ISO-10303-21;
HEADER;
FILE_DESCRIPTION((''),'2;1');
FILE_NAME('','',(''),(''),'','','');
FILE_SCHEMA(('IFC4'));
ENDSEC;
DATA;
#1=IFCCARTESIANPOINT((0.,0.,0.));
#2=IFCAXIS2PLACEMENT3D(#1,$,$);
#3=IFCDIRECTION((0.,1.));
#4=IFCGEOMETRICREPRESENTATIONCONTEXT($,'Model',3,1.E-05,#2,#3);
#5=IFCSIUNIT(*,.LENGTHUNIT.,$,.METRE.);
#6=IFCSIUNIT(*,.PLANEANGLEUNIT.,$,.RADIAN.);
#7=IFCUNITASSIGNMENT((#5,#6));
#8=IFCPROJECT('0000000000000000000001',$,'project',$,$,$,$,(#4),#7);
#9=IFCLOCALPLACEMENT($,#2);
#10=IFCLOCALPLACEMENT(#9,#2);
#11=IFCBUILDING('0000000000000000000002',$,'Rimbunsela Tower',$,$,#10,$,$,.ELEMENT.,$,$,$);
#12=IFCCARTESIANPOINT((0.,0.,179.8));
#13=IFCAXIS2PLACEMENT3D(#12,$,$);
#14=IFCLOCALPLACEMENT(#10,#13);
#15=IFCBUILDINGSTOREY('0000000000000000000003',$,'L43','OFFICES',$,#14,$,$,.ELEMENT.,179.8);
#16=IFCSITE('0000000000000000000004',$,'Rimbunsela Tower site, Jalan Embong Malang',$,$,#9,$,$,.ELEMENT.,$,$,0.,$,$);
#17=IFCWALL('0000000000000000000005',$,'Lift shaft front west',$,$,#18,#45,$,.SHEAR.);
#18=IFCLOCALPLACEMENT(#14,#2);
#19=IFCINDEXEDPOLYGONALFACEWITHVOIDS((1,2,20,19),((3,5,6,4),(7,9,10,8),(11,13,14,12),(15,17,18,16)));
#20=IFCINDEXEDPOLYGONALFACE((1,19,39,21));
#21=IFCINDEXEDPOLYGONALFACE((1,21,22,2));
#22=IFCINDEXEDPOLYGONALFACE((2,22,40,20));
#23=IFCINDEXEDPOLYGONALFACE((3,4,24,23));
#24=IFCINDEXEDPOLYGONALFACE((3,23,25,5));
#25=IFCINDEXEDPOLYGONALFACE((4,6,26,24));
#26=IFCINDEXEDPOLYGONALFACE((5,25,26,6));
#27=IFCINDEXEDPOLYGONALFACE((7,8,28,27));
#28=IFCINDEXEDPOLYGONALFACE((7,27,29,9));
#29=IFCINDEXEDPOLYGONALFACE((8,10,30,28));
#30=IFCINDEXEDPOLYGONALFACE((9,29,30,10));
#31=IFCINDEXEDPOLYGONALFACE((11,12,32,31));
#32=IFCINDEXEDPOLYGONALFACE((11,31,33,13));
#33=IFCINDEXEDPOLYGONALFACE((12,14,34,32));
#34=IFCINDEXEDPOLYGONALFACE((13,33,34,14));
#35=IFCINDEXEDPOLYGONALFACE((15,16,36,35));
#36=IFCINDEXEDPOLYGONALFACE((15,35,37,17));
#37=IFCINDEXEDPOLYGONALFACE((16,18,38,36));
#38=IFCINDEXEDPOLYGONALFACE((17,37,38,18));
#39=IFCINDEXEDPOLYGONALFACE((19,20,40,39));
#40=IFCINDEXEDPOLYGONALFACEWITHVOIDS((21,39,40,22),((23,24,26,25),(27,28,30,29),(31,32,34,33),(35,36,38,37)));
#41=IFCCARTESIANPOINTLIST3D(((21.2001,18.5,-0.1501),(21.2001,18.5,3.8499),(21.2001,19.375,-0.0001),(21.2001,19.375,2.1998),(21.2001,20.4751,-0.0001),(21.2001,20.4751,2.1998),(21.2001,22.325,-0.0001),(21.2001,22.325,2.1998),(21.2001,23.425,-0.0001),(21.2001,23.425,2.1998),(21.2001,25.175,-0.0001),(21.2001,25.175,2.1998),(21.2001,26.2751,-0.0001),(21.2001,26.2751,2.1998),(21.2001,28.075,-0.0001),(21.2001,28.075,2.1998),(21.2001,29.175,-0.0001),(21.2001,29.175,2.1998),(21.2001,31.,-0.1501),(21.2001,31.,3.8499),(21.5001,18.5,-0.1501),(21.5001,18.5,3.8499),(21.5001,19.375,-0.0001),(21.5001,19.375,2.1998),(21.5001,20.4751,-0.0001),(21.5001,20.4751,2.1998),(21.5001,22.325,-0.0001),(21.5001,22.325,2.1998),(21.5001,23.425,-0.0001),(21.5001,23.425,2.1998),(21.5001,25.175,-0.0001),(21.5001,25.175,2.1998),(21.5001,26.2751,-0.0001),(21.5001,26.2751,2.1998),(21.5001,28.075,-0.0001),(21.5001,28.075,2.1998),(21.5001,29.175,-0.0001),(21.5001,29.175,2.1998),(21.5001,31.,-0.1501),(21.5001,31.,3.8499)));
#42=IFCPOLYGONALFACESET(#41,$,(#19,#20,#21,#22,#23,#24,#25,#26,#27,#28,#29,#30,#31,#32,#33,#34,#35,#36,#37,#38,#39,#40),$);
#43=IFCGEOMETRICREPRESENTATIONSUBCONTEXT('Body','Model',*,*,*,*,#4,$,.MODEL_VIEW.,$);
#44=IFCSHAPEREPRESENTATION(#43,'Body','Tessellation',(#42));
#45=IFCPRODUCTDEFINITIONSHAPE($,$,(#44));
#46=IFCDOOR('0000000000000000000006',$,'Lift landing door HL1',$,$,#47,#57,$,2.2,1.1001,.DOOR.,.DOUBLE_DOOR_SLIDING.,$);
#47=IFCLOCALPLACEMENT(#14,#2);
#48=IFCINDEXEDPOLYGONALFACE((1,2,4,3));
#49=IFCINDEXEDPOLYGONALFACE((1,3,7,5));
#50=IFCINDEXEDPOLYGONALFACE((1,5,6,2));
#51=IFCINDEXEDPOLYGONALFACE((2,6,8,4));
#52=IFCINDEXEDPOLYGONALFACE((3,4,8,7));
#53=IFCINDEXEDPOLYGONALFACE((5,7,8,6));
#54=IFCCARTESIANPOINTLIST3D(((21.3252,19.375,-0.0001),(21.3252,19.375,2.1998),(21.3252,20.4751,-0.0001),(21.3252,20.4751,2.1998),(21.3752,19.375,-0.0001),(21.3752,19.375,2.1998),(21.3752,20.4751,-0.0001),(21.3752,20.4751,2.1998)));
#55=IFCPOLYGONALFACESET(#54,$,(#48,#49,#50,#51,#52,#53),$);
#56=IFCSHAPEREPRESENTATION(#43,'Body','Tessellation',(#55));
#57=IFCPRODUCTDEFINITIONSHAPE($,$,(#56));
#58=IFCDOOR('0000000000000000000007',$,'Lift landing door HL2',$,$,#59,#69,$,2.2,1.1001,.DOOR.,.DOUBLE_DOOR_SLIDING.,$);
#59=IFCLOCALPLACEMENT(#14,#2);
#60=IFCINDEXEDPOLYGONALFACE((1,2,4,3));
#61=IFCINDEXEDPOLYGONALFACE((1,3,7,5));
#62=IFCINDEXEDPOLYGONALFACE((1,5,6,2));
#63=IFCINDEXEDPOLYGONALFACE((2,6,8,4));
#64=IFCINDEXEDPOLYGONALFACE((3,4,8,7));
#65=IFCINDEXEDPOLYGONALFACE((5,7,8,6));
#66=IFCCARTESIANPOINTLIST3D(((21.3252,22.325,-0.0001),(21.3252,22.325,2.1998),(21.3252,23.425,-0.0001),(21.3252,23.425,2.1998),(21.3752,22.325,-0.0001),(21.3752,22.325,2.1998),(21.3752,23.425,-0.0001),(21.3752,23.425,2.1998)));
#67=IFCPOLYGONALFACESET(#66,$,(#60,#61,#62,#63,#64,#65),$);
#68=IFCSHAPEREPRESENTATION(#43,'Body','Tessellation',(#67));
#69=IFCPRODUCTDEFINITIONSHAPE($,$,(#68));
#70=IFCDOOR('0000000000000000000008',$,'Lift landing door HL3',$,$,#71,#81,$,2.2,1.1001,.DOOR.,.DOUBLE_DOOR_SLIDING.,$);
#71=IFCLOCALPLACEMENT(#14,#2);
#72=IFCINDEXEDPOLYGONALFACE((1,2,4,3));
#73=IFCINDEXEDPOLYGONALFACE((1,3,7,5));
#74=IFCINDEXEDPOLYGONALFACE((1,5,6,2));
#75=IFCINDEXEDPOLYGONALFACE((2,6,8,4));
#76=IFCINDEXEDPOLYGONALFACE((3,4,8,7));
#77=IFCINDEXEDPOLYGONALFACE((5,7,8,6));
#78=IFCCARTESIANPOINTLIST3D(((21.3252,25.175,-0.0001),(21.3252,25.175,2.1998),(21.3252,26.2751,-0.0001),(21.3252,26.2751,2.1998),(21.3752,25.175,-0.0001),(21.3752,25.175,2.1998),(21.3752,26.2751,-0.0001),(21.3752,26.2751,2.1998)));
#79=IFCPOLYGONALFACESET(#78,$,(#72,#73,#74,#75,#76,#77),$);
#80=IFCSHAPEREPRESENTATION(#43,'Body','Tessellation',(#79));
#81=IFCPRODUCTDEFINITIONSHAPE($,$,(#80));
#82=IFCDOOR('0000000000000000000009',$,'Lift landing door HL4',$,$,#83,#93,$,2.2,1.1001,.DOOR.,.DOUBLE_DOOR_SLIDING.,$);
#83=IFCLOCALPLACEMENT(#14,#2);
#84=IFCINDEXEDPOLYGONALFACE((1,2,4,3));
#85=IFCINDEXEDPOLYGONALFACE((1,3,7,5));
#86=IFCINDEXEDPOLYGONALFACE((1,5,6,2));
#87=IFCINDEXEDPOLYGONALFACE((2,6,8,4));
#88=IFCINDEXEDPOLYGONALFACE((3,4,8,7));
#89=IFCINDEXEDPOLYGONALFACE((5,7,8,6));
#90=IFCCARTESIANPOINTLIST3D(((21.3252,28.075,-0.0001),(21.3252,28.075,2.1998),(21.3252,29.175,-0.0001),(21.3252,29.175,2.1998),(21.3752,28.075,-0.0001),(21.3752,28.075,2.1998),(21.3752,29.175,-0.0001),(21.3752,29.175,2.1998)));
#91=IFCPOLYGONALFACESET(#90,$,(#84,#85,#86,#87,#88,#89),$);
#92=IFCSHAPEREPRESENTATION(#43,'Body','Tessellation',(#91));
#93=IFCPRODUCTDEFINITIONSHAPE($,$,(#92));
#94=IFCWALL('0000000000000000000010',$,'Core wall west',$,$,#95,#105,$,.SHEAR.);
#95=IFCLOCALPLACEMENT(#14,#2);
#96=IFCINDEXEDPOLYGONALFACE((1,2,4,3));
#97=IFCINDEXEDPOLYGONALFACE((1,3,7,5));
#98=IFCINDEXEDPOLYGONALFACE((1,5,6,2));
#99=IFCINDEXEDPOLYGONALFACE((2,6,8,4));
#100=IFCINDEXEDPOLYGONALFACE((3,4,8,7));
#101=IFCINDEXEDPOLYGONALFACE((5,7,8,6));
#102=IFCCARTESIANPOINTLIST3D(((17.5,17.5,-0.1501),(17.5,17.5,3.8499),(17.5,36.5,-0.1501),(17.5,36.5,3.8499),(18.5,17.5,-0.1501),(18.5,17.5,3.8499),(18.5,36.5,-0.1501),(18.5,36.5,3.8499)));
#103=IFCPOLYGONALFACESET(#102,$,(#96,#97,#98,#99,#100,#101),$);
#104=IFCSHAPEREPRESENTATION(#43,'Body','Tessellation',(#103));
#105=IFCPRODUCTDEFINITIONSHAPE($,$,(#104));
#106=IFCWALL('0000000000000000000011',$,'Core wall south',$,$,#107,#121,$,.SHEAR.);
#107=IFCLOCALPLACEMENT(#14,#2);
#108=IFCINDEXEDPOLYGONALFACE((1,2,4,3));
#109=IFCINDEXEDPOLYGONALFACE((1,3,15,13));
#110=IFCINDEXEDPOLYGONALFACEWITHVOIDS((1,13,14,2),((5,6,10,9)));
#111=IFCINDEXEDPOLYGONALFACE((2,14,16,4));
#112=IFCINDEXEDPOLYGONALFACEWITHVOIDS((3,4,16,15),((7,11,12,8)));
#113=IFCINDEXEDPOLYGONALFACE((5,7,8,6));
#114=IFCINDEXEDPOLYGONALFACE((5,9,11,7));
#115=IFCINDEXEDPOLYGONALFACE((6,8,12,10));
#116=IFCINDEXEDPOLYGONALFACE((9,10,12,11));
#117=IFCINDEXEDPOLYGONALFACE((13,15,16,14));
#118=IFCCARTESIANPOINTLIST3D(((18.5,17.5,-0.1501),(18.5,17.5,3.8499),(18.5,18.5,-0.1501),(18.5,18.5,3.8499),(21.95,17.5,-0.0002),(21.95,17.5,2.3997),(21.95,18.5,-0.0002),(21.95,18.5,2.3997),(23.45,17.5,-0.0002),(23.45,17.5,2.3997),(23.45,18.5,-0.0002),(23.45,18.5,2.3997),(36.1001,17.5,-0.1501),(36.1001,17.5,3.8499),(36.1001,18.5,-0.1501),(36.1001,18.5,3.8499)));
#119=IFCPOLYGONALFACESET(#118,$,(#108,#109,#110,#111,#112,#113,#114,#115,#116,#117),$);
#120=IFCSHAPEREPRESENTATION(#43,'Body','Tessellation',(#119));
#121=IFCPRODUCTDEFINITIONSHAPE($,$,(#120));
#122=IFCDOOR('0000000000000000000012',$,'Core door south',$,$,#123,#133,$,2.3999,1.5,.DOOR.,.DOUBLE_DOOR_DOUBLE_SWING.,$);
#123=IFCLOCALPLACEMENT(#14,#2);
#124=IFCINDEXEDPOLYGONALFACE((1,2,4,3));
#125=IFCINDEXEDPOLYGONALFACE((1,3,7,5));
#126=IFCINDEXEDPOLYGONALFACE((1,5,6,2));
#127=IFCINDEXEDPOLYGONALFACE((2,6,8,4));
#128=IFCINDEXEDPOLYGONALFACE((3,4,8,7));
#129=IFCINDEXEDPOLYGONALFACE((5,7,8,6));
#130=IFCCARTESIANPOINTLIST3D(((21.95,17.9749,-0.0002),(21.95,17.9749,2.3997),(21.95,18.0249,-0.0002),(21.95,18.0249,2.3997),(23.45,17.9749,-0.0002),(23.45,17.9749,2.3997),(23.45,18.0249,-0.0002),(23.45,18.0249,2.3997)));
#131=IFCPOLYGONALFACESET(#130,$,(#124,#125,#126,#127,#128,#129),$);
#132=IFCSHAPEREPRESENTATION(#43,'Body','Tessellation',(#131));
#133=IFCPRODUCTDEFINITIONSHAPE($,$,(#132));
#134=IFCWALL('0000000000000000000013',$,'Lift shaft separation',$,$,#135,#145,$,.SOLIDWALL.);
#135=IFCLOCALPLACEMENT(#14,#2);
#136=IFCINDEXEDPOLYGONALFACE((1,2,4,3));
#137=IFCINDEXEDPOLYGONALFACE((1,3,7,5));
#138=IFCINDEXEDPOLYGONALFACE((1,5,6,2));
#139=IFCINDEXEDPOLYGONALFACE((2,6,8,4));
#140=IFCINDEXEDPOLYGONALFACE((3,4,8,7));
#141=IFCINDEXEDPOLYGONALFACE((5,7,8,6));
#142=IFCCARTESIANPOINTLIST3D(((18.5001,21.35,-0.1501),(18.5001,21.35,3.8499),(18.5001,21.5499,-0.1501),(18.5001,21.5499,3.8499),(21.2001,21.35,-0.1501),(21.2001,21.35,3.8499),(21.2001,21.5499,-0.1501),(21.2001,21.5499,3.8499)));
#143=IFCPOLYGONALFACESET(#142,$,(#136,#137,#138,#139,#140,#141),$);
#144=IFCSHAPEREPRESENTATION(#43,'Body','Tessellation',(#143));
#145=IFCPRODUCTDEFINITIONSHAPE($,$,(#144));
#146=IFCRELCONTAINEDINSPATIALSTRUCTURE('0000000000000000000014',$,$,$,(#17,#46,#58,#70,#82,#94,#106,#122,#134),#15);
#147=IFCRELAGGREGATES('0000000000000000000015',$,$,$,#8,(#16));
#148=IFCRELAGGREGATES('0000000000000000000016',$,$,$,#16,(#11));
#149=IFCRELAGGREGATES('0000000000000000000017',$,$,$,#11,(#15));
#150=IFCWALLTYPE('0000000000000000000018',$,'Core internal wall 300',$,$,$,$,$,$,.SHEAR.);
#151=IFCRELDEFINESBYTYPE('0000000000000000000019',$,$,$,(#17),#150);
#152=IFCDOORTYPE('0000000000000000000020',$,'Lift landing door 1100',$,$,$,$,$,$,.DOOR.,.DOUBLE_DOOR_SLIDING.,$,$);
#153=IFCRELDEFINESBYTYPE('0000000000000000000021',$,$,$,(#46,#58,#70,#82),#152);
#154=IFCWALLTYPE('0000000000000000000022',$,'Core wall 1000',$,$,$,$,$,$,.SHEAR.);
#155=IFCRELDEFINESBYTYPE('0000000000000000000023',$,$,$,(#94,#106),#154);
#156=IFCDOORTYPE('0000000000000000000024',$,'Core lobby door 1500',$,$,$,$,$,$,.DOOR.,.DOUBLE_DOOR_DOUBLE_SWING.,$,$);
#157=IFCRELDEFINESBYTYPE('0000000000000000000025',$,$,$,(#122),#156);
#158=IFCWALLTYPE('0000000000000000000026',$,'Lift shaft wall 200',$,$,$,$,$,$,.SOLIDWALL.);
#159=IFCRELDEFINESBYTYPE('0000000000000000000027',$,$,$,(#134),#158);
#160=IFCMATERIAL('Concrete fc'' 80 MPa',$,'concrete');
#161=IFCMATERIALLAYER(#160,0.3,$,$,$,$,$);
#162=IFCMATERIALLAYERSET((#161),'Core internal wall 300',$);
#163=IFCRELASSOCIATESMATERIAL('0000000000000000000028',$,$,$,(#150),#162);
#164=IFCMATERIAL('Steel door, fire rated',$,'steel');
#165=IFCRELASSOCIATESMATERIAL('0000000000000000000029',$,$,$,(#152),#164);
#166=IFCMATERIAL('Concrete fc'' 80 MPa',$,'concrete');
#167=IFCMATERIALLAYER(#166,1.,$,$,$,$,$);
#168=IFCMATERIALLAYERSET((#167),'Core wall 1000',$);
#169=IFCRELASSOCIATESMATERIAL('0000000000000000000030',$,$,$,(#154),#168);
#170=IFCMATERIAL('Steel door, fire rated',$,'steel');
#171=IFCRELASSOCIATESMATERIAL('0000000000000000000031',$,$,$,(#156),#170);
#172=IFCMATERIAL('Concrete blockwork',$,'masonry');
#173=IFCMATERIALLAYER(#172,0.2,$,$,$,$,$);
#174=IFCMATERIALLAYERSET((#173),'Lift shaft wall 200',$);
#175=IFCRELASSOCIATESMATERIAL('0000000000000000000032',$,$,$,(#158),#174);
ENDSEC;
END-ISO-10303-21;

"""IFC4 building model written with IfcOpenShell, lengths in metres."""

from ifc_helpers import new_model, si_unit, direction, frame, frame_2d, origin, place, context, subcontext, project, spatial, rectangle, extrude, material, layer, layer_set, type_object, element, fill, save


model = new_model("IFC4")

# Units and contexts
model_context = context("Model", 3, precision=1e-05, world=origin(), true_north=direction((0.0, 1.0)))
body_context = subcontext(model_context, "Body", "Model", "MODEL_VIEW")
ifc_project = project(units=[si_unit("LENGTHUNIT", "METRE"), si_unit("PLANEANGLEUNIT", "RADIAN")], contexts=[model_context])

# Site, building, storey
site_placement = place(None, origin())
site = spatial("IfcSite", under=ifc_project, at=site_placement, Name="Rimbunsela Tower site, Jalan Embong Malang", CompositionType="ELEMENT", RefElevation=0.0)
building_placement = place(site_placement, origin())
building = spatial("IfcBuilding", under=site, at=building_placement, Name="Rimbunsela Tower", CompositionType="ELEMENT")
storey_placement = place(building_placement, frame((0.0, 0.0, 179.8)))
storey = spatial("IfcBuildingStorey", under=building, at=storey_placement, Name="L43", Description="OFFICES", CompositionType="ELEMENT", Elevation=179.8)

# Wall, openings, doors
ifc_material_1 = material(Name="Concrete fc' 80 MPa", Category="concrete")
ifc_layer_1 = layer(ifc_material_1, 0.3)
ifc_layer_set_1 = layer_set([ifc_layer_1], Name="Core internal wall 300")
wall_type_1 = type_object("IfcWallType", Name="Core internal wall 300", PredefinedType="SHEAR", material=ifc_layer_set_1)
wall_1_placement = place(storey_placement, frame((21.3501, 18.5, -0.1501), z_axis=(0.0, 0.0, 1.0), x_axis=(0.0, 1.0, 0.0)))
wall_1 = element("IfcWall", 1, at=wall_1_placement, inside=storey, type_object=wall_type_1, Name="Lift shaft front west", PredefinedType="SHEAR", context=body_context, shape_type="SweptSolid", body=[
    extrude(rectangle(XDim=12.5, YDim=0.3, at=frame_2d((6.25, 0.0))), origin(), (0.0, 0.0, 1.0), 4.0),
])
opening_1_placement = place(wall_1_placement, frame((0.875, 0.0, 0.1499)))
opening_1 = element("IfcOpeningElement", 2, at=opening_1_placement, cuts=wall_1, PredefinedType="OPENING", context=body_context, shape_type="SweptSolid", body=[
    extrude(rectangle(XDim=1.1001, YDim=2.2, at=frame_2d((0.55, 1.1001))), frame((0.0, 0.1599, 0.0), z_axis=(0.0, -1.0, 0.0), x_axis=(1.0, 0.0, 0.0)), (0.0, 0.0, 1.0), 0.3201),
])
opening_2_placement = place(wall_1_placement, frame((3.825, 0.0, 0.1499)))
opening_2 = element("IfcOpeningElement", 3, at=opening_2_placement, cuts=wall_1, PredefinedType="OPENING", context=body_context, shape_type="SweptSolid", body=[
    extrude(rectangle(XDim=1.1001, YDim=2.2, at=frame_2d((0.55, 1.1001))), frame((0.0, 0.1599, 0.0), z_axis=(0.0, -1.0, 0.0), x_axis=(1.0, 0.0, 0.0)), (0.0, 0.0, 1.0), 0.3201),
])
opening_3_placement = place(wall_1_placement, frame((6.675, 0.0, 0.1499)))
opening_3 = element("IfcOpeningElement", 4, at=opening_3_placement, cuts=wall_1, PredefinedType="OPENING", context=body_context, shape_type="SweptSolid", body=[
    extrude(rectangle(XDim=1.1001, YDim=2.2, at=frame_2d((0.55, 1.1001))), frame((0.0, 0.1599, 0.0), z_axis=(0.0, -1.0, 0.0), x_axis=(1.0, 0.0, 0.0)), (0.0, 0.0, 1.0), 0.3201),
])
opening_4_placement = place(wall_1_placement, frame((9.575, 0.0, 0.1499)))
opening_4 = element("IfcOpeningElement", 5, at=opening_4_placement, cuts=wall_1, PredefinedType="OPENING", context=body_context, shape_type="SweptSolid", body=[
    extrude(rectangle(XDim=1.1001, YDim=2.2, at=frame_2d((0.55, 1.1001))), frame((0.0, 0.1599, 0.0), z_axis=(0.0, -1.0, 0.0), x_axis=(1.0, 0.0, 0.0)), (0.0, 0.0, 1.0), 0.3201),
])
ifc_material_2 = material(Name="Steel door, fire rated", Category="steel")
door_type_1 = type_object("IfcDoorType", Name="Lift landing door 1100", OperationType="DOUBLE_DOOR_SLIDING", PredefinedType="DOOR", material=ifc_material_2)
door_1_placement = place(opening_1_placement, origin())
door_1 = element("IfcDoor", 6, at=door_1_placement, inside=storey, type_object=door_type_1, Name="Lift landing door HL1", OperationType="DOUBLE_DOOR_SLIDING", OverallHeight=2.2, OverallWidth=1.1001, PredefinedType="DOOR", context=body_context, shape_type="SweptSolid", body=[
    extrude(rectangle(XDim=1.1001, YDim=2.2, at=frame_2d((0.55, 1.1001))), frame((0.0, 0.0249, 0.0), z_axis=(0.0, -1.0, 0.0), x_axis=(1.0, 0.0, 0.0)), (0.0, 0.0, 1.0), 0.05),
])
fill(opening_1, door_1)
door_2_placement = place(opening_2_placement, origin())
door_2 = element("IfcDoor", 7, at=door_2_placement, inside=storey, type_object=door_type_1, Name="Lift landing door HL2", OperationType="DOUBLE_DOOR_SLIDING", OverallHeight=2.2, OverallWidth=1.1001, PredefinedType="DOOR", context=body_context, shape_type="SweptSolid", body=[
    extrude(rectangle(XDim=1.1001, YDim=2.2, at=frame_2d((0.55, 1.1001))), frame((0.0, 0.0249, 0.0), z_axis=(0.0, -1.0, 0.0), x_axis=(1.0, 0.0, 0.0)), (0.0, 0.0, 1.0), 0.05),
])
fill(opening_2, door_2)
door_3_placement = place(opening_3_placement, origin())
door_3 = element("IfcDoor", 8, at=door_3_placement, inside=storey, type_object=door_type_1, Name="Lift landing door HL3", OperationType="DOUBLE_DOOR_SLIDING", OverallHeight=2.2, OverallWidth=1.1001, PredefinedType="DOOR", context=body_context, shape_type="SweptSolid", body=[
    extrude(rectangle(XDim=1.1001, YDim=2.2, at=frame_2d((0.55, 1.1001))), frame((0.0, 0.0249, 0.0), z_axis=(0.0, -1.0, 0.0), x_axis=(1.0, 0.0, 0.0)), (0.0, 0.0, 1.0), 0.05),
])
fill(opening_3, door_3)
door_4_placement = place(opening_4_placement, origin())
door_4 = element("IfcDoor", 9, at=door_4_placement, inside=storey, type_object=door_type_1, Name="Lift landing door HL4", OperationType="DOUBLE_DOOR_SLIDING", OverallHeight=2.2, OverallWidth=1.1001, PredefinedType="DOOR", context=body_context, shape_type="SweptSolid", body=[
    extrude(rectangle(XDim=1.1001, YDim=2.2, at=frame_2d((0.55, 1.1001))), frame((0.0, 0.0249, 0.0), z_axis=(0.0, -1.0, 0.0), x_axis=(1.0, 0.0, 0.0)), (0.0, 0.0, 1.0), 0.05),
])
fill(opening_4, door_4)

# Wall
ifc_material_3 = material(Name="Concrete fc' 80 MPa", Category="concrete")
ifc_layer_2 = layer(ifc_material_3, 1.0)
ifc_layer_set_2 = layer_set([ifc_layer_2], Name="Core wall 1000")
wall_type_2 = type_object("IfcWallType", Name="Core wall 1000", PredefinedType="SHEAR", material=ifc_layer_set_2)
wall_2_placement = place(storey_placement, frame((18.0, 17.5, -0.1501), z_axis=(0.0, 0.0, 1.0), x_axis=(0.0, 1.0, 0.0)))
element("IfcWall", 10, at=wall_2_placement, inside=storey, type_object=wall_type_2, Name="Core wall west", PredefinedType="SHEAR", context=body_context, shape_type="SweptSolid", body=[
    extrude(rectangle(XDim=19.0, YDim=1.0, at=frame_2d((9.5, 0.0))), origin(), (0.0, 0.0, 1.0), 4.0),
])

# Wall, opening, door
wall_3_placement = place(storey_placement, frame((18.5, 18.0, -0.1501), z_axis=(0.0, 0.0, 1.0), x_axis=(1.0, 0.0, 0.0)))
wall_3 = element("IfcWall", 11, at=wall_3_placement, inside=storey, type_object=wall_type_2, Name="Core wall south", PredefinedType="SHEAR", context=body_context, shape_type="SweptSolid", body=[
    extrude(rectangle(XDim=17.6001, YDim=1.0, at=frame_2d((8.8, 0.0))), origin(), (0.0, 0.0, 1.0), 4.0),
])
opening_5_placement = place(wall_3_placement, frame((3.45, 0.0, 0.1499)))
opening_5 = element("IfcOpeningElement", 12, at=opening_5_placement, cuts=wall_3, PredefinedType="OPENING", context=body_context, shape_type="SweptSolid", body=[
    extrude(rectangle(XDim=1.5, YDim=2.3999, at=frame_2d((0.75, 1.2))), frame((0.0, 0.51, 0.0), z_axis=(0.0, -1.0, 0.0), x_axis=(1.0, 0.0, 0.0)), (0.0, 0.0, 1.0), 1.02),
])
ifc_material_4 = material(Name="Steel door, fire rated", Category="steel")
door_type_2 = type_object("IfcDoorType", Name="Core lobby door 1500", OperationType="DOUBLE_DOOR_DOUBLE_SWING", PredefinedType="DOOR", material=ifc_material_4)
door_5_placement = place(opening_5_placement, origin())
door_5 = element("IfcDoor", 13, at=door_5_placement, inside=storey, type_object=door_type_2, Name="Core door south", OperationType="DOUBLE_DOOR_DOUBLE_SWING", OverallHeight=2.3999, OverallWidth=1.5, PredefinedType="DOOR", context=body_context, shape_type="SweptSolid", body=[
    extrude(rectangle(XDim=1.5, YDim=2.3999, at=frame_2d((0.75, 1.2))), frame((0.0, 0.0249, 0.0), z_axis=(0.0, -1.0, 0.0), x_axis=(1.0, 0.0, 0.0)), (0.0, 0.0, 1.0), 0.05),
])
fill(opening_5, door_5)

# Wall
ifc_material_5 = material(Name="Concrete blockwork", Category="masonry")
ifc_layer_3 = layer(ifc_material_5, 0.2)
ifc_layer_set_3 = layer_set([ifc_layer_3], Name="Lift shaft wall 200")
wall_type_3 = type_object("IfcWallType", Name="Lift shaft wall 200", PredefinedType="SOLIDWALL", material=ifc_layer_set_3)
wall_4_placement = place(storey_placement, frame((18.5, 21.45, -0.1501), z_axis=(0.0, 0.0, 1.0), x_axis=(1.0, 0.0, 0.0)))
element("IfcWall", 14, at=wall_4_placement, inside=storey, type_object=wall_type_3, Name="Lift shaft separation", PredefinedType="SOLIDWALL", context=body_context, shape_type="SweptSolid", body=[
    extrude(rectangle(XDim=2.7, YDim=0.2, at=frame_2d((1.3501, 0.0))), origin(), (0.0, 0.0, 1.0), 4.0),
])

save(model, "model.ifc")
